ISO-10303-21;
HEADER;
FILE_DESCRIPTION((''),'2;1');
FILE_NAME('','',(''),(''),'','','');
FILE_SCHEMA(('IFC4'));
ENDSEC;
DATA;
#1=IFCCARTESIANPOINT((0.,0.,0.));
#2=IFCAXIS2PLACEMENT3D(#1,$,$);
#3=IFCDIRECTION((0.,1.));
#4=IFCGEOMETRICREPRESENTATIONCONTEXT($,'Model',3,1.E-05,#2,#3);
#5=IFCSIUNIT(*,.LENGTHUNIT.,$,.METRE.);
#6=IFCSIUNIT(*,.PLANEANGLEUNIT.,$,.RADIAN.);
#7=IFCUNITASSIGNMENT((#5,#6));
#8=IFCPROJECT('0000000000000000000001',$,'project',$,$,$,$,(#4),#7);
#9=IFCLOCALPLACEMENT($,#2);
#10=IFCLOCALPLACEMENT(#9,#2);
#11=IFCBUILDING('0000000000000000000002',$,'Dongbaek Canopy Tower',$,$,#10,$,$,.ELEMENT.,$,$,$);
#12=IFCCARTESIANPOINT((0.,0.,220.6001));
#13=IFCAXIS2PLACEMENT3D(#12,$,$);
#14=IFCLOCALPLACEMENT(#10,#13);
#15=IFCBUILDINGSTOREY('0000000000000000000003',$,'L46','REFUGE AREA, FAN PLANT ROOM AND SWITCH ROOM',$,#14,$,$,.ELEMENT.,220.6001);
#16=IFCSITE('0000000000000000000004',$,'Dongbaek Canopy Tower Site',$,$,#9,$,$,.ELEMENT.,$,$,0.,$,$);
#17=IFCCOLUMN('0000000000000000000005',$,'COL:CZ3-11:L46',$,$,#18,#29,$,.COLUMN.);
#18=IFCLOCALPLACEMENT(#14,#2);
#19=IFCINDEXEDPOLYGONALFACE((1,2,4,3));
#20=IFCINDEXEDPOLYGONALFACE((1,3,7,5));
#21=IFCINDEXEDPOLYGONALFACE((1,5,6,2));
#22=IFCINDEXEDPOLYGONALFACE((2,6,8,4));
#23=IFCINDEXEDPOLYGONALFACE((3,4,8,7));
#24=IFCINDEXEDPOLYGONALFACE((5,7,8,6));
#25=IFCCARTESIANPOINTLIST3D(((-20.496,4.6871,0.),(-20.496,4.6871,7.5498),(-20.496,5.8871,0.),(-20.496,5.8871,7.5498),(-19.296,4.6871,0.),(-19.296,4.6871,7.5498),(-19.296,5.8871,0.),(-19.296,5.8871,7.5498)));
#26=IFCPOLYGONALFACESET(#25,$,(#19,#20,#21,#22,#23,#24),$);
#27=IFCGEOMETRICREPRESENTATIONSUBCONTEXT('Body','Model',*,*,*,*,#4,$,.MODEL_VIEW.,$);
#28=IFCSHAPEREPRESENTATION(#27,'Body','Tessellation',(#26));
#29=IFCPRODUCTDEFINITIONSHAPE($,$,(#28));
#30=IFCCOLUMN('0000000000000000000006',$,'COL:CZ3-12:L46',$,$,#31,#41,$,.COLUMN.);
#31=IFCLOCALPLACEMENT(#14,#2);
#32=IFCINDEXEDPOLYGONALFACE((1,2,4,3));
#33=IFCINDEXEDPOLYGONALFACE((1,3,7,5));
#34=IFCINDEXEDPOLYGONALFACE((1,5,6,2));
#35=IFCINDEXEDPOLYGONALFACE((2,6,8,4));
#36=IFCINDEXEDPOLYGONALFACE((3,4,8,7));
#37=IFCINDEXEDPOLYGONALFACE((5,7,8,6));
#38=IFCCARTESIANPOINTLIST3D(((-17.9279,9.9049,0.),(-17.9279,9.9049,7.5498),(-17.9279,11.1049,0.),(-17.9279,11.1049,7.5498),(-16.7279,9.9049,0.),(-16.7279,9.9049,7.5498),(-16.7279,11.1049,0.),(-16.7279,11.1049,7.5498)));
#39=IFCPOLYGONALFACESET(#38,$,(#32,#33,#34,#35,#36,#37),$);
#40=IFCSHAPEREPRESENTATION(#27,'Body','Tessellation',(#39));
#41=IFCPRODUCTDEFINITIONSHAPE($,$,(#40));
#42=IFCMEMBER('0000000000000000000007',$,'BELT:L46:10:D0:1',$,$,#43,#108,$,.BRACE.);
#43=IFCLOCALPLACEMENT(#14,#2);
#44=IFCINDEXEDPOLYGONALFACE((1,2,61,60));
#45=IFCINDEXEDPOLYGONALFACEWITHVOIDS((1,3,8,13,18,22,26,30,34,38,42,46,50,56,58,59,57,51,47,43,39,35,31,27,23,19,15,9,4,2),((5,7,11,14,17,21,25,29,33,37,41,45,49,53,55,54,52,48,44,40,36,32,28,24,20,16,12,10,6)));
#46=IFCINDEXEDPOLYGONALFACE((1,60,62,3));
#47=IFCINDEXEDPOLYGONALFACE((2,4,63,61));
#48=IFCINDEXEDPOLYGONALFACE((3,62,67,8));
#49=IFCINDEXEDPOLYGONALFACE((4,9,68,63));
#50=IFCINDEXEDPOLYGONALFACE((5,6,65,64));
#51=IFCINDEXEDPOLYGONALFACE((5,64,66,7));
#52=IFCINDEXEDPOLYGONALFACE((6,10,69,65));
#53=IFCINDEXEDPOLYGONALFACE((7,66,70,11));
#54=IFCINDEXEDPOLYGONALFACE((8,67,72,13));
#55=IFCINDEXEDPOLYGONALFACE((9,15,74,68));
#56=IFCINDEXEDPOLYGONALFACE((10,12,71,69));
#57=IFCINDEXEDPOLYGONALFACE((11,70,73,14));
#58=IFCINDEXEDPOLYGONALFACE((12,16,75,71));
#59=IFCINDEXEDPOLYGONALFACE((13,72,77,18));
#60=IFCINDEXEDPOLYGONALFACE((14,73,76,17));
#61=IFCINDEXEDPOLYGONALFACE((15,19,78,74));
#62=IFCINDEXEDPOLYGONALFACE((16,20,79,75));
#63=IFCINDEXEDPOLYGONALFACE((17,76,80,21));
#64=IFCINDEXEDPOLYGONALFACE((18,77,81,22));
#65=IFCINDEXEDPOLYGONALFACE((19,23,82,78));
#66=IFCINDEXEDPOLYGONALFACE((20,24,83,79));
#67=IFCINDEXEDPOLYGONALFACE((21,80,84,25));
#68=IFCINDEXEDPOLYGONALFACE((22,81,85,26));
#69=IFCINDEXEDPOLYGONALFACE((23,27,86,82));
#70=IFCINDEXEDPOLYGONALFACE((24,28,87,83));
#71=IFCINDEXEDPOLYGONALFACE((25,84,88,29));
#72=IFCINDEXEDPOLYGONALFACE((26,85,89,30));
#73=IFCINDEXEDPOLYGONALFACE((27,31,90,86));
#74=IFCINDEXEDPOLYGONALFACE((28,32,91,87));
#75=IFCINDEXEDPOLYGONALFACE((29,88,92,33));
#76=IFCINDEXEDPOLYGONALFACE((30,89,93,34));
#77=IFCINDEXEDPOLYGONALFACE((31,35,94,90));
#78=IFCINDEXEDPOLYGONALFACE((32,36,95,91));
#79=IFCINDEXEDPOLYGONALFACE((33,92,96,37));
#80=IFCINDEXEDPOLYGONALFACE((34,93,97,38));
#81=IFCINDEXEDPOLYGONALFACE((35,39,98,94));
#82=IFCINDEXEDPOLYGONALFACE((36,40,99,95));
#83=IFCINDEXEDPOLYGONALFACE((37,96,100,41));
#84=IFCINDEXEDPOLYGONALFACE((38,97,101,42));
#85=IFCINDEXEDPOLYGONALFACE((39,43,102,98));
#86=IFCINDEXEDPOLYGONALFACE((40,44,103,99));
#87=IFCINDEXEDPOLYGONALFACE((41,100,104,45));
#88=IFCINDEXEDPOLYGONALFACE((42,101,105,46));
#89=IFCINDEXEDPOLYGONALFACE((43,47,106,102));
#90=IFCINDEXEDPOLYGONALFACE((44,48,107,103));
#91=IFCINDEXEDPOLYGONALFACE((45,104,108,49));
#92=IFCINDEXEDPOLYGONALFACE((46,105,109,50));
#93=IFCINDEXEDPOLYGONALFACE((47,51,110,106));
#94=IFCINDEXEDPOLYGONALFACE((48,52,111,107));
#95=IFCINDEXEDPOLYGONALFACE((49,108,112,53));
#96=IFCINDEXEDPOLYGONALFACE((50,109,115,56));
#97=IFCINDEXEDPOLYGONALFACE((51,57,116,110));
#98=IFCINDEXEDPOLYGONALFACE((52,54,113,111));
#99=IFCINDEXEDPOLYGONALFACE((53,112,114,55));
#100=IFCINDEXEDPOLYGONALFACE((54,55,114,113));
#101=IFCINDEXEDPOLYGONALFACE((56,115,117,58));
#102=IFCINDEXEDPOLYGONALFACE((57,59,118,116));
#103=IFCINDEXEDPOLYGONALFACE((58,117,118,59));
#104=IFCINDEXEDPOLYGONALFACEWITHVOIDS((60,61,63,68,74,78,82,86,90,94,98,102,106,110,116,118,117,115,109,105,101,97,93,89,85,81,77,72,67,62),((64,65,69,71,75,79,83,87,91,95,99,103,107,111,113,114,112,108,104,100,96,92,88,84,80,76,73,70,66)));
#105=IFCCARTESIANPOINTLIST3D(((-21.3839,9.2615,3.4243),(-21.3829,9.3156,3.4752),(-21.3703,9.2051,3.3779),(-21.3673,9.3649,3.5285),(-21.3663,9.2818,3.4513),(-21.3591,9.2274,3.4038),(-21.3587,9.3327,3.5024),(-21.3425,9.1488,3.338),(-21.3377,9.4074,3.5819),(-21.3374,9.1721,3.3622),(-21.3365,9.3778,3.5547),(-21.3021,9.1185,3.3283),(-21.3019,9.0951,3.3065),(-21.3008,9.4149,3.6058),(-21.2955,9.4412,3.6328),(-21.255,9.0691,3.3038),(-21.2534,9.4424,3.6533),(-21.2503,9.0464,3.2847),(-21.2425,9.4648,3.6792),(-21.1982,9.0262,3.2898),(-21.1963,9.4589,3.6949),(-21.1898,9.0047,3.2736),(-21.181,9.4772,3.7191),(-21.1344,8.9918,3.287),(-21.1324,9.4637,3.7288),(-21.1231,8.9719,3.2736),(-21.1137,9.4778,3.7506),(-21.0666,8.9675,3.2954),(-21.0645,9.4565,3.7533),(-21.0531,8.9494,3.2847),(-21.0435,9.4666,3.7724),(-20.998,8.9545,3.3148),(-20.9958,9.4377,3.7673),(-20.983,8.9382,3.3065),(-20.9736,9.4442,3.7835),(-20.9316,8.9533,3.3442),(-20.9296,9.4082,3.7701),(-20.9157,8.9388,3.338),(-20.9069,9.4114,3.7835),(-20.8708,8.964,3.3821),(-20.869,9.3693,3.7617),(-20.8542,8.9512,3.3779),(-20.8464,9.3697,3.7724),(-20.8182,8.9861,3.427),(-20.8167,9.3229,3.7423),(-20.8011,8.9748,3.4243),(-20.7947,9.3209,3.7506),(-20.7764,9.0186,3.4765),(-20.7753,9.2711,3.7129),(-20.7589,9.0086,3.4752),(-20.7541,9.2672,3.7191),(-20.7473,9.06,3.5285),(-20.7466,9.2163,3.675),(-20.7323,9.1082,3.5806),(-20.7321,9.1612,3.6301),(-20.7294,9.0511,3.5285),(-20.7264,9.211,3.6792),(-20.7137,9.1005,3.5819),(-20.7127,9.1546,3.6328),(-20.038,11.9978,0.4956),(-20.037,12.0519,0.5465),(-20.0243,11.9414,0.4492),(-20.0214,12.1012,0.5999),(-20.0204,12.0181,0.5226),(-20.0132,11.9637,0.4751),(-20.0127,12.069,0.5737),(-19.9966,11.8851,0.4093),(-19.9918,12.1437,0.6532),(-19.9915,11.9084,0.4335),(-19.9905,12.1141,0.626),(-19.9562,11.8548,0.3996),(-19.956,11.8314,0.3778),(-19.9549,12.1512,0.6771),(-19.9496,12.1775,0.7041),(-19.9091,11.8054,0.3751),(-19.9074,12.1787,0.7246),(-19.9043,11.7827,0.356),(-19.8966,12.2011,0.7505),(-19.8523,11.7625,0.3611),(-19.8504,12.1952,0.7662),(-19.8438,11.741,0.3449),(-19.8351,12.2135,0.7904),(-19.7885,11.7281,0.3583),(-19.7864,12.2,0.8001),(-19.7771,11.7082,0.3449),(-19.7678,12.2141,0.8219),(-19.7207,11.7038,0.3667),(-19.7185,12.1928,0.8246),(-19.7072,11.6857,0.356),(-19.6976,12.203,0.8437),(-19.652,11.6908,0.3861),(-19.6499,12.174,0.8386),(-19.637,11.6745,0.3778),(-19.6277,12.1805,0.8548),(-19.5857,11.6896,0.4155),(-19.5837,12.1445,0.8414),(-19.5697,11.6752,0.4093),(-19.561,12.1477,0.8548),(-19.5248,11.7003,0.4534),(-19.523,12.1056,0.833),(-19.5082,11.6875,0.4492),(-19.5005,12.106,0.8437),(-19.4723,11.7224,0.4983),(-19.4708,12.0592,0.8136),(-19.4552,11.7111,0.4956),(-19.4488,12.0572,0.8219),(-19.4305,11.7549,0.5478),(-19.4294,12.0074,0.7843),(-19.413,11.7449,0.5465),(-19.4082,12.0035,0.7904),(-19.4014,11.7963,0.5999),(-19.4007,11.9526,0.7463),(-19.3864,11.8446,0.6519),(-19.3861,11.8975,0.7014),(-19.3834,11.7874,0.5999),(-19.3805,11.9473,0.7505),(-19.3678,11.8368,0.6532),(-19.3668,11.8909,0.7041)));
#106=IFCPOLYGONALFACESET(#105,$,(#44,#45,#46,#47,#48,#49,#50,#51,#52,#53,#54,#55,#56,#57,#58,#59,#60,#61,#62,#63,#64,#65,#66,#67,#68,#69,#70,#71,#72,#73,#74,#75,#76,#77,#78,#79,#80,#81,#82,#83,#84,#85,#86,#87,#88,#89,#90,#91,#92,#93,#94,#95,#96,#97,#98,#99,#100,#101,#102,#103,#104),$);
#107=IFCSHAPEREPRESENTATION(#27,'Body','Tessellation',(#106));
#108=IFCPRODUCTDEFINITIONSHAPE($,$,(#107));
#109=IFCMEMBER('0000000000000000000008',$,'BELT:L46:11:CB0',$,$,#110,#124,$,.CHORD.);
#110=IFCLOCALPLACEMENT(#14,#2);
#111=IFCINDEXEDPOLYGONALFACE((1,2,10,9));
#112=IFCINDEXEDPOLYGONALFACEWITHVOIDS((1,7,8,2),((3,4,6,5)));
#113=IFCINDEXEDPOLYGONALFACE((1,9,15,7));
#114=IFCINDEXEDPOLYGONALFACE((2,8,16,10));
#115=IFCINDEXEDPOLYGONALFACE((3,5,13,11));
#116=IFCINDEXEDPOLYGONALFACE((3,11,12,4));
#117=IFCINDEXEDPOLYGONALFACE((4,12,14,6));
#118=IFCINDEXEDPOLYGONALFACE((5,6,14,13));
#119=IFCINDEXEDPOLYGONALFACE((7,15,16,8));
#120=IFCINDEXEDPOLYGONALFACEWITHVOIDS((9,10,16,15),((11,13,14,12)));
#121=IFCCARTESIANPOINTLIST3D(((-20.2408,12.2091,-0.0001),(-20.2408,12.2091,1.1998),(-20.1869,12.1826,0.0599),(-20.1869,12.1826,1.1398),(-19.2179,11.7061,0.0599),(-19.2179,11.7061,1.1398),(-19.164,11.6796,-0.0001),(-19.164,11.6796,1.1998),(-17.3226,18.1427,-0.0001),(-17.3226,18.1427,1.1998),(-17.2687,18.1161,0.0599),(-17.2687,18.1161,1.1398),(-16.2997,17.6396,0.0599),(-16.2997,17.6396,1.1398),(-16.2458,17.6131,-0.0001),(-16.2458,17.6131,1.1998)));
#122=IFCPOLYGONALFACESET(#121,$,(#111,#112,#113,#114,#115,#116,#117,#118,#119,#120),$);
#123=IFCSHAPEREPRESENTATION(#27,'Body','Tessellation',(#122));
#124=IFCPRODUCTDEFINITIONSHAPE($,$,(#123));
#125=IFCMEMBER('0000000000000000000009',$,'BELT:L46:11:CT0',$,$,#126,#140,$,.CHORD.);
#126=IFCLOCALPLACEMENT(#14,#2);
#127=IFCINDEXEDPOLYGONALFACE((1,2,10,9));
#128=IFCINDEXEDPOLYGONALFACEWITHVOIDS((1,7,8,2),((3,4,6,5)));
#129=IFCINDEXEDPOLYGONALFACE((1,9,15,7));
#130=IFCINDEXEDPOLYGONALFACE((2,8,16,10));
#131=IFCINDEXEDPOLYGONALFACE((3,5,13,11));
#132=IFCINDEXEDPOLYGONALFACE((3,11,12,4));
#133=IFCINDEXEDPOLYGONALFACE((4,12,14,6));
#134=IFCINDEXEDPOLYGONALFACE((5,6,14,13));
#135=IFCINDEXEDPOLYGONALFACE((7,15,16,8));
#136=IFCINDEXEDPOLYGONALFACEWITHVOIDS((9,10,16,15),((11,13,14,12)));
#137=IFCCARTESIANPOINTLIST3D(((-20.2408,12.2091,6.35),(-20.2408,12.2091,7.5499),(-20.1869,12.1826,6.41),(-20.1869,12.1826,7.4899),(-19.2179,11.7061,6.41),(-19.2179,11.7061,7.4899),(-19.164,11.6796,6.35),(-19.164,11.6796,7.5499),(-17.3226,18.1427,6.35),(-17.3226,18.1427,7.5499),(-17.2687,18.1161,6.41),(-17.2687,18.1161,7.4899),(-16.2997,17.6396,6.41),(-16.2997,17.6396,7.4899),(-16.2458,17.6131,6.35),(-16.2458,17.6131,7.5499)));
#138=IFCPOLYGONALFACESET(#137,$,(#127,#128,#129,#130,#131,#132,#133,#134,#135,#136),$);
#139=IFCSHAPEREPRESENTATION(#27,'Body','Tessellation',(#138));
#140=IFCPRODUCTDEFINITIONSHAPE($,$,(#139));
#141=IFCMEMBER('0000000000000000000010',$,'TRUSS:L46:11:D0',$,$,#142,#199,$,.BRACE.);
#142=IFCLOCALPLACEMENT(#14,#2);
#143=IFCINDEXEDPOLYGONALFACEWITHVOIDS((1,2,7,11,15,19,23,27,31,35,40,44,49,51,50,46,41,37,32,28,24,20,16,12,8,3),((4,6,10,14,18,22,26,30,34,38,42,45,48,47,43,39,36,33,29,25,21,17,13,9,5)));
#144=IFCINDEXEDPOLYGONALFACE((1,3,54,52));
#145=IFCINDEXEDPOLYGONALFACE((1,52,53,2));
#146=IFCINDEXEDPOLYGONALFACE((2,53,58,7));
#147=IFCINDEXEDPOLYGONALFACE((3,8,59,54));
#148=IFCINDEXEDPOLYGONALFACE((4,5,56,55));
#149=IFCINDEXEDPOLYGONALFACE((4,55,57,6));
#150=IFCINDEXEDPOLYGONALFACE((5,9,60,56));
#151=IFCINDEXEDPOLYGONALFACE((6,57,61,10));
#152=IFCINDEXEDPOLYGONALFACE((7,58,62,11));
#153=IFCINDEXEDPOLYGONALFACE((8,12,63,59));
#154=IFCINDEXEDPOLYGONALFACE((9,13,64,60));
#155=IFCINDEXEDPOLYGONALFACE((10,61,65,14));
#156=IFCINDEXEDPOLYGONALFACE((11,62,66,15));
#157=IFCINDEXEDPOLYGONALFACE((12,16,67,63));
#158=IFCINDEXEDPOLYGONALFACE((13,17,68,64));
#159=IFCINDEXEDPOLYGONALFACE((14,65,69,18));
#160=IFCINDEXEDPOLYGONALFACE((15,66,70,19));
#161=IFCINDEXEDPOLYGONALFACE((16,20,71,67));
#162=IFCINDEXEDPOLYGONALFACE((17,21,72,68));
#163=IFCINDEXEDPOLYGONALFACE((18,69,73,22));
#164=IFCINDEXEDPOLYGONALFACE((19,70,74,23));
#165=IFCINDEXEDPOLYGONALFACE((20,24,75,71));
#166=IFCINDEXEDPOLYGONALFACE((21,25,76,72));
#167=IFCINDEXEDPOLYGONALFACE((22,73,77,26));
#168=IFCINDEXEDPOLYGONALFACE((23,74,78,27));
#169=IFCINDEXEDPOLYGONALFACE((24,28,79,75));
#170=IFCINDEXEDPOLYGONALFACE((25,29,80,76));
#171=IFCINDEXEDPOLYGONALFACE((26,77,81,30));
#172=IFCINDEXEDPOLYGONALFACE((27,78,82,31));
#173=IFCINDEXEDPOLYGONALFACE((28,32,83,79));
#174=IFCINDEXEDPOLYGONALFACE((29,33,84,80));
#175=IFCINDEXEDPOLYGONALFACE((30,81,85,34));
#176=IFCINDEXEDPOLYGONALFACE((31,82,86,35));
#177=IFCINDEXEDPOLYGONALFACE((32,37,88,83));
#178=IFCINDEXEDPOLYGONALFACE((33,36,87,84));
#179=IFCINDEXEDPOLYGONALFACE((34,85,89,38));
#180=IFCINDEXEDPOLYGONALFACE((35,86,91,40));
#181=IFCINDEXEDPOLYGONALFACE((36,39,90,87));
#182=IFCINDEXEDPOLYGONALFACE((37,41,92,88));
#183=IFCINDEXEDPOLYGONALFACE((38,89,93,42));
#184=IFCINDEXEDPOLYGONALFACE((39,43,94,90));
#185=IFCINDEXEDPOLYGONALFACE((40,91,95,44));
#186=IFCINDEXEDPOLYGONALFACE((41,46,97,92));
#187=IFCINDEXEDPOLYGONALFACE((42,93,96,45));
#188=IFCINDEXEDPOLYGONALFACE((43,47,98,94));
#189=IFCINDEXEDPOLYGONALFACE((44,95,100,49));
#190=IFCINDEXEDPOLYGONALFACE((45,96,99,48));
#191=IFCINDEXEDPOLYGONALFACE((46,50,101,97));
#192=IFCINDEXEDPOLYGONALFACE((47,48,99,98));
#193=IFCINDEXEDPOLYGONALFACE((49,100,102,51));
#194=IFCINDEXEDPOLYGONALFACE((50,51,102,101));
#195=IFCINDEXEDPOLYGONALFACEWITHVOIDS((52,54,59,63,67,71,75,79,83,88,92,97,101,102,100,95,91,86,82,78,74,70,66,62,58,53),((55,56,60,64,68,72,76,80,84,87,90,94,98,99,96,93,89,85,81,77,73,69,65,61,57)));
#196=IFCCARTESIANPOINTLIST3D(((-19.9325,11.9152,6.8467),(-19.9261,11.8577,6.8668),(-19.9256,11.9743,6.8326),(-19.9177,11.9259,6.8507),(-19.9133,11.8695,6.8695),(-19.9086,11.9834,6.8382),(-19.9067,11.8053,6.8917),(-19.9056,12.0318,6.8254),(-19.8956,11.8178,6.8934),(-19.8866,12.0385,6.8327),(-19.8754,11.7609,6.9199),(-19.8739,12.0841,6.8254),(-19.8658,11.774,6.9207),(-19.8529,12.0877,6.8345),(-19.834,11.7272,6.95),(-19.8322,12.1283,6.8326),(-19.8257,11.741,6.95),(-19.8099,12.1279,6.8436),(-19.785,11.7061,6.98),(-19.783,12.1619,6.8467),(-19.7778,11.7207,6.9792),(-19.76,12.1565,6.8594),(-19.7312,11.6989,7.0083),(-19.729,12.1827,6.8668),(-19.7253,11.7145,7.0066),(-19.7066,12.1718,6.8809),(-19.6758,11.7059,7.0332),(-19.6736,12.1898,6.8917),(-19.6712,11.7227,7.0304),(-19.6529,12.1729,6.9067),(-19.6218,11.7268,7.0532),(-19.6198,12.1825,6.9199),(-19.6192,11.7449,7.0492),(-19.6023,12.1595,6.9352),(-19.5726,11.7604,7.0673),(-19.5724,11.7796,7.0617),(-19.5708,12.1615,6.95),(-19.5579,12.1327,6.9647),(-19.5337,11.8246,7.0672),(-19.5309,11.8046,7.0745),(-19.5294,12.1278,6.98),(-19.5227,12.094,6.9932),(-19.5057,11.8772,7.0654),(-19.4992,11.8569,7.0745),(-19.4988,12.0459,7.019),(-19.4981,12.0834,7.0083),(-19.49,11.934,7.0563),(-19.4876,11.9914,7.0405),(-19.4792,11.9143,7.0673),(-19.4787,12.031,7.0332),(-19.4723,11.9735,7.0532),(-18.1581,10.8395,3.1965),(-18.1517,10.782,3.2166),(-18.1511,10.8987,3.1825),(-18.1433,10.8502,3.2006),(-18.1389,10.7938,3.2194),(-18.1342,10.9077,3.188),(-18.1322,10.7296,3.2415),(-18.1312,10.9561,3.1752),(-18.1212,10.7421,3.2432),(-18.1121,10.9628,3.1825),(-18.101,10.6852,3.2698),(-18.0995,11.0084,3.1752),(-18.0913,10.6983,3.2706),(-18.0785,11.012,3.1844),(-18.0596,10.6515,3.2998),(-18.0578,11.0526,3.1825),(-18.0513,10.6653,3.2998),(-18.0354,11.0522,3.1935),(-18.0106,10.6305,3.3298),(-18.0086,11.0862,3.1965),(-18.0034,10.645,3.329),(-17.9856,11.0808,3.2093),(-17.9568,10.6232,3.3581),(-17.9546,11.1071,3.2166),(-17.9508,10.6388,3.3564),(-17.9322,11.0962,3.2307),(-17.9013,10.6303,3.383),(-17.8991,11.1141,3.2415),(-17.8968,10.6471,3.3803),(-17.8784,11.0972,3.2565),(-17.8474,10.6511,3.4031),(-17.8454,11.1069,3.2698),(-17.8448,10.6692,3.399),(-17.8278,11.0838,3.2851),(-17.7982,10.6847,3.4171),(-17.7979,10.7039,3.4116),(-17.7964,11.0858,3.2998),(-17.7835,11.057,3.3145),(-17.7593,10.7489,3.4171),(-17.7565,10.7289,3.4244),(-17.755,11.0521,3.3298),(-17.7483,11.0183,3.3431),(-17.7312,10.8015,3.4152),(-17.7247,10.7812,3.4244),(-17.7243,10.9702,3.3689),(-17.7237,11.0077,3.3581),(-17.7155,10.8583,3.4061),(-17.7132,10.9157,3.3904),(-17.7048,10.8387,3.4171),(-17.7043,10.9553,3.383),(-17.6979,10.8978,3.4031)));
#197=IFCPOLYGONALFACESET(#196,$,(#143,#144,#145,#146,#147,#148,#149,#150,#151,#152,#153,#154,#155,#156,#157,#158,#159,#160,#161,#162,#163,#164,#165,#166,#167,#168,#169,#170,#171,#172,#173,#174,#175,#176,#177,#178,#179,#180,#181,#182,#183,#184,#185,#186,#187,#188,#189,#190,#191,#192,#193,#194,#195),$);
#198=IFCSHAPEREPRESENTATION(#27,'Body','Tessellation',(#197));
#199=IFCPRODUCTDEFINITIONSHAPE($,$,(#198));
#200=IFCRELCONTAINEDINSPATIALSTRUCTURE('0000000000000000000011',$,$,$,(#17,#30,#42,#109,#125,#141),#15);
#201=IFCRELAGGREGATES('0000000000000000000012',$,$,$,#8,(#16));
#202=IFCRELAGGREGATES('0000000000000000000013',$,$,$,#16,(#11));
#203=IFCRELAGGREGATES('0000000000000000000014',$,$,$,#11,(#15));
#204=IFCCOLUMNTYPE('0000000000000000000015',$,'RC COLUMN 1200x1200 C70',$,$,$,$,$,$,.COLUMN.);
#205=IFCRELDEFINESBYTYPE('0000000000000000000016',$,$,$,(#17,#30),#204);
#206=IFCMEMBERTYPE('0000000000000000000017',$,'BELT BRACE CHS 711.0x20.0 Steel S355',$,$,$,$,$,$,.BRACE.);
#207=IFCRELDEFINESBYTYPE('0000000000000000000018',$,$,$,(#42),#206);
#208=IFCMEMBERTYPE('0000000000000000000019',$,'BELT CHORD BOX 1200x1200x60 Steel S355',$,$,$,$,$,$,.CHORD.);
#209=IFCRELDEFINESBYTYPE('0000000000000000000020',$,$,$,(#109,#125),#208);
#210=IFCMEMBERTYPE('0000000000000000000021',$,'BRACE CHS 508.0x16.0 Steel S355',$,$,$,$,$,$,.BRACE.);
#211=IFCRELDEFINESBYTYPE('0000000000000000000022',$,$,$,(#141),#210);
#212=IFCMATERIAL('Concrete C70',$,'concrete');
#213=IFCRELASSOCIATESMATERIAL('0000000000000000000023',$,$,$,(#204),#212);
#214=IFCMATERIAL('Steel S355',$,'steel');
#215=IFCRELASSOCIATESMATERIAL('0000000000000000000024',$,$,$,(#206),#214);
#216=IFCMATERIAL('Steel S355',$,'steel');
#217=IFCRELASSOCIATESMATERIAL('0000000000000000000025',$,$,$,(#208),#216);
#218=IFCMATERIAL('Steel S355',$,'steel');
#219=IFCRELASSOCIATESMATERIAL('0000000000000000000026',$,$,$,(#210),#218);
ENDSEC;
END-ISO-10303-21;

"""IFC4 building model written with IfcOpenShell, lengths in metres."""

from ifc_helpers import new_model, si_unit, direction, frame, origin, origin_2d, place, context, subcontext, project, spatial, rectangle, hollow_rectangle, hollow_circle, extrude, material, material_profile, profile_set, type_object, element, save


model = new_model("IFC4")

# Units and contexts
model_context = context("Model", 3, precision=1e-05, world=origin(), true_north=direction((0.0, 1.0)))
body_context = subcontext(model_context, "Body", "Model", "MODEL_VIEW")
ifc_project = project(units=[si_unit("LENGTHUNIT", "METRE"), si_unit("PLANEANGLEUNIT", "RADIAN")], contexts=[model_context])

# Site, building, storey
site_placement = place(None, origin())
site = spatial("IfcSite", under=ifc_project, at=site_placement, Name="Dongbaek Canopy Tower Site", CompositionType="ELEMENT", RefElevation=0.0)
building_placement = place(site_placement, origin())
building = spatial("IfcBuilding", under=site, at=building_placement, Name="Dongbaek Canopy Tower", CompositionType="ELEMENT")
storey_placement = place(building_placement, frame((0.0, 0.0, 220.6001)))
storey = spatial("IfcBuildingStorey", under=building, at=storey_placement, Name="L46", Description="REFUGE AREA, FAN PLANT ROOM AND SWITCH ROOM", CompositionType="ELEMENT", Elevation=220.6001)

# Columns
ifc_material_1 = material(Name="Concrete C70", Category="concrete")
ifc_material_profile_1 = material_profile(ifc_material_1, rectangle(XDim=1.2, YDim=1.2, at=origin_2d()), Name="RC COLUMN 1200x1200 C70")
ifc_profile_set_1 = profile_set([ifc_material_profile_1], Name="Concrete C70")
column_type = type_object("IfcColumnType", Name="RC COLUMN 1200x1200 C70", PredefinedType="COLUMN", material=ifc_profile_set_1)
for number, where, z_axis, x_axis, name in (
    (1, (-19.896, 5.2871, 0.0), (0.0, 0.0, 1.0), (1.0, 0.0, 0.0), "COL:CZ3-11:L46"),
    (2, (-17.3279, 10.5049, 0.0), (0.0, 0.0, 1.0), (1.0, 0.0, 0.0), "COL:CZ3-12:L46"),
):
    element("IfcColumn", number, at=place(storey_placement, frame(where, z_axis=z_axis, x_axis=x_axis)), inside=storey, type_object=column_type, Name=name, PredefinedType="COLUMN", context=body_context, shape_type="SweptSolid", body=[
        extrude(rectangle(XDim=1.2, YDim=1.2, at=origin_2d()), origin(), (0.0, 0.0, 1.0), 7.5498),
    ])

# Members
ifc_material_2 = material(Name="Steel S355", Category="steel")
ifc_material_profile_2 = material_profile(ifc_material_2, hollow_circle(Radius=0.3555, WallThickness=0.02, at=origin_2d()), Name="BELT BRACE CHS 711.0x20.0 Steel S355")
ifc_profile_set_2 = profile_set([ifc_material_profile_2], Name="Steel S355")
member_type_1 = type_object("IfcMemberType", Name="BELT BRACE CHS 711.0x20.0 Steel S355", PredefinedType="BRACE", material=ifc_profile_set_2)
member_1_placement = place(storey_placement, frame((-19.7024, 11.9443, 0.5999), z_axis=(-0.318338, -0.647184, 0.692686), x_axis=(0.897322, -0.441376, 0.0)))
element("IfcMember", 3, at=member_1_placement, inside=storey, type_object=member_type_1, Name="BELT:L46:10:D0:1", PredefinedType="BRACE", context=body_context, shape_type="SweptSolid", body=[
    extrude(hollow_circle(Radius=0.3555, WallThickness=0.02, at=origin_2d()), origin(), (0.0, 0.0, 1.0), 4.228),
])
ifc_material_3 = material(Name="Steel S355", Category="steel")
ifc_material_profile_3 = material_profile(ifc_material_3, hollow_rectangle(XDim=1.2, YDim=1.2, WallThickness=0.0601, at=origin_2d()), Name="BELT CHORD BOX 1200x1200x60 Steel S355")
ifc_profile_set_3 = profile_set([ifc_material_profile_3], Name="Steel S355")
member_type_2 = type_object("IfcMemberType", Name="BELT CHORD BOX 1200x1200x60 Steel S355", PredefinedType="CHORD", material=ifc_profile_set_3)
for number, where, z_axis, x_axis, name in (
    (4, (-19.7024, 11.9443, 0.5999), (0.441326, 0.897347, 0.0), (-0.897347, 0.441326, 0.0), "BELT:L46:11:CB0"),
    (5, (-19.7024, 11.9443, 6.95), (0.441326, 0.897347, 0.0), (-0.897347, 0.441326, 0.0), "BELT:L46:11:CT0"),
):
    element("IfcMember", number, at=place(storey_placement, frame(where, z_axis=z_axis, x_axis=x_axis)), inside=storey, type_object=member_type_2, Name=name, PredefinedType="CHORD", context=body_context, shape_type="SweptSolid", body=[
        extrude(hollow_rectangle(XDim=1.2, YDim=1.2, WallThickness=0.0601, at=origin_2d()), origin(), (0.0, 0.0, 1.0), 6.6123),
    ])
ifc_material_4 = material(Name="Steel S355", Category="steel")
ifc_material_profile_4 = material_profile(ifc_material_4, hollow_circle(Radius=0.2539, WallThickness=0.0161, at=origin_2d()), Name="BRACE CHS 508.0x16.0 Steel S355")
ifc_profile_set_4 = profile_set([ifc_material_profile_4], Name="Steel S355")
member_type_3 = type_object("IfcMemberType", Name="BRACE CHS 508.0x16.0 Steel S355", PredefinedType="BRACE", material=ifc_profile_set_4)
member_2_placement = place(storey_placement, frame((-17.928, 10.8687, 3.2998), z_axis=(-0.422609, 0.256194, 0.869348), x_axis=(-0.518401, -0.855138, 0.0)))
element("IfcMember", 6, at=member_2_placement, inside=storey, type_object=member_type_3, Name="TRUSS:L46:11:D0", PredefinedType="BRACE", context=body_context, shape_type="SweptSolid", body=[
    extrude(hollow_circle(Radius=0.2539, WallThickness=0.0161, at=origin_2d()), origin(), (0.0, 0.0, 1.0), 4.1987),
])

save(model, "model.ifc")
